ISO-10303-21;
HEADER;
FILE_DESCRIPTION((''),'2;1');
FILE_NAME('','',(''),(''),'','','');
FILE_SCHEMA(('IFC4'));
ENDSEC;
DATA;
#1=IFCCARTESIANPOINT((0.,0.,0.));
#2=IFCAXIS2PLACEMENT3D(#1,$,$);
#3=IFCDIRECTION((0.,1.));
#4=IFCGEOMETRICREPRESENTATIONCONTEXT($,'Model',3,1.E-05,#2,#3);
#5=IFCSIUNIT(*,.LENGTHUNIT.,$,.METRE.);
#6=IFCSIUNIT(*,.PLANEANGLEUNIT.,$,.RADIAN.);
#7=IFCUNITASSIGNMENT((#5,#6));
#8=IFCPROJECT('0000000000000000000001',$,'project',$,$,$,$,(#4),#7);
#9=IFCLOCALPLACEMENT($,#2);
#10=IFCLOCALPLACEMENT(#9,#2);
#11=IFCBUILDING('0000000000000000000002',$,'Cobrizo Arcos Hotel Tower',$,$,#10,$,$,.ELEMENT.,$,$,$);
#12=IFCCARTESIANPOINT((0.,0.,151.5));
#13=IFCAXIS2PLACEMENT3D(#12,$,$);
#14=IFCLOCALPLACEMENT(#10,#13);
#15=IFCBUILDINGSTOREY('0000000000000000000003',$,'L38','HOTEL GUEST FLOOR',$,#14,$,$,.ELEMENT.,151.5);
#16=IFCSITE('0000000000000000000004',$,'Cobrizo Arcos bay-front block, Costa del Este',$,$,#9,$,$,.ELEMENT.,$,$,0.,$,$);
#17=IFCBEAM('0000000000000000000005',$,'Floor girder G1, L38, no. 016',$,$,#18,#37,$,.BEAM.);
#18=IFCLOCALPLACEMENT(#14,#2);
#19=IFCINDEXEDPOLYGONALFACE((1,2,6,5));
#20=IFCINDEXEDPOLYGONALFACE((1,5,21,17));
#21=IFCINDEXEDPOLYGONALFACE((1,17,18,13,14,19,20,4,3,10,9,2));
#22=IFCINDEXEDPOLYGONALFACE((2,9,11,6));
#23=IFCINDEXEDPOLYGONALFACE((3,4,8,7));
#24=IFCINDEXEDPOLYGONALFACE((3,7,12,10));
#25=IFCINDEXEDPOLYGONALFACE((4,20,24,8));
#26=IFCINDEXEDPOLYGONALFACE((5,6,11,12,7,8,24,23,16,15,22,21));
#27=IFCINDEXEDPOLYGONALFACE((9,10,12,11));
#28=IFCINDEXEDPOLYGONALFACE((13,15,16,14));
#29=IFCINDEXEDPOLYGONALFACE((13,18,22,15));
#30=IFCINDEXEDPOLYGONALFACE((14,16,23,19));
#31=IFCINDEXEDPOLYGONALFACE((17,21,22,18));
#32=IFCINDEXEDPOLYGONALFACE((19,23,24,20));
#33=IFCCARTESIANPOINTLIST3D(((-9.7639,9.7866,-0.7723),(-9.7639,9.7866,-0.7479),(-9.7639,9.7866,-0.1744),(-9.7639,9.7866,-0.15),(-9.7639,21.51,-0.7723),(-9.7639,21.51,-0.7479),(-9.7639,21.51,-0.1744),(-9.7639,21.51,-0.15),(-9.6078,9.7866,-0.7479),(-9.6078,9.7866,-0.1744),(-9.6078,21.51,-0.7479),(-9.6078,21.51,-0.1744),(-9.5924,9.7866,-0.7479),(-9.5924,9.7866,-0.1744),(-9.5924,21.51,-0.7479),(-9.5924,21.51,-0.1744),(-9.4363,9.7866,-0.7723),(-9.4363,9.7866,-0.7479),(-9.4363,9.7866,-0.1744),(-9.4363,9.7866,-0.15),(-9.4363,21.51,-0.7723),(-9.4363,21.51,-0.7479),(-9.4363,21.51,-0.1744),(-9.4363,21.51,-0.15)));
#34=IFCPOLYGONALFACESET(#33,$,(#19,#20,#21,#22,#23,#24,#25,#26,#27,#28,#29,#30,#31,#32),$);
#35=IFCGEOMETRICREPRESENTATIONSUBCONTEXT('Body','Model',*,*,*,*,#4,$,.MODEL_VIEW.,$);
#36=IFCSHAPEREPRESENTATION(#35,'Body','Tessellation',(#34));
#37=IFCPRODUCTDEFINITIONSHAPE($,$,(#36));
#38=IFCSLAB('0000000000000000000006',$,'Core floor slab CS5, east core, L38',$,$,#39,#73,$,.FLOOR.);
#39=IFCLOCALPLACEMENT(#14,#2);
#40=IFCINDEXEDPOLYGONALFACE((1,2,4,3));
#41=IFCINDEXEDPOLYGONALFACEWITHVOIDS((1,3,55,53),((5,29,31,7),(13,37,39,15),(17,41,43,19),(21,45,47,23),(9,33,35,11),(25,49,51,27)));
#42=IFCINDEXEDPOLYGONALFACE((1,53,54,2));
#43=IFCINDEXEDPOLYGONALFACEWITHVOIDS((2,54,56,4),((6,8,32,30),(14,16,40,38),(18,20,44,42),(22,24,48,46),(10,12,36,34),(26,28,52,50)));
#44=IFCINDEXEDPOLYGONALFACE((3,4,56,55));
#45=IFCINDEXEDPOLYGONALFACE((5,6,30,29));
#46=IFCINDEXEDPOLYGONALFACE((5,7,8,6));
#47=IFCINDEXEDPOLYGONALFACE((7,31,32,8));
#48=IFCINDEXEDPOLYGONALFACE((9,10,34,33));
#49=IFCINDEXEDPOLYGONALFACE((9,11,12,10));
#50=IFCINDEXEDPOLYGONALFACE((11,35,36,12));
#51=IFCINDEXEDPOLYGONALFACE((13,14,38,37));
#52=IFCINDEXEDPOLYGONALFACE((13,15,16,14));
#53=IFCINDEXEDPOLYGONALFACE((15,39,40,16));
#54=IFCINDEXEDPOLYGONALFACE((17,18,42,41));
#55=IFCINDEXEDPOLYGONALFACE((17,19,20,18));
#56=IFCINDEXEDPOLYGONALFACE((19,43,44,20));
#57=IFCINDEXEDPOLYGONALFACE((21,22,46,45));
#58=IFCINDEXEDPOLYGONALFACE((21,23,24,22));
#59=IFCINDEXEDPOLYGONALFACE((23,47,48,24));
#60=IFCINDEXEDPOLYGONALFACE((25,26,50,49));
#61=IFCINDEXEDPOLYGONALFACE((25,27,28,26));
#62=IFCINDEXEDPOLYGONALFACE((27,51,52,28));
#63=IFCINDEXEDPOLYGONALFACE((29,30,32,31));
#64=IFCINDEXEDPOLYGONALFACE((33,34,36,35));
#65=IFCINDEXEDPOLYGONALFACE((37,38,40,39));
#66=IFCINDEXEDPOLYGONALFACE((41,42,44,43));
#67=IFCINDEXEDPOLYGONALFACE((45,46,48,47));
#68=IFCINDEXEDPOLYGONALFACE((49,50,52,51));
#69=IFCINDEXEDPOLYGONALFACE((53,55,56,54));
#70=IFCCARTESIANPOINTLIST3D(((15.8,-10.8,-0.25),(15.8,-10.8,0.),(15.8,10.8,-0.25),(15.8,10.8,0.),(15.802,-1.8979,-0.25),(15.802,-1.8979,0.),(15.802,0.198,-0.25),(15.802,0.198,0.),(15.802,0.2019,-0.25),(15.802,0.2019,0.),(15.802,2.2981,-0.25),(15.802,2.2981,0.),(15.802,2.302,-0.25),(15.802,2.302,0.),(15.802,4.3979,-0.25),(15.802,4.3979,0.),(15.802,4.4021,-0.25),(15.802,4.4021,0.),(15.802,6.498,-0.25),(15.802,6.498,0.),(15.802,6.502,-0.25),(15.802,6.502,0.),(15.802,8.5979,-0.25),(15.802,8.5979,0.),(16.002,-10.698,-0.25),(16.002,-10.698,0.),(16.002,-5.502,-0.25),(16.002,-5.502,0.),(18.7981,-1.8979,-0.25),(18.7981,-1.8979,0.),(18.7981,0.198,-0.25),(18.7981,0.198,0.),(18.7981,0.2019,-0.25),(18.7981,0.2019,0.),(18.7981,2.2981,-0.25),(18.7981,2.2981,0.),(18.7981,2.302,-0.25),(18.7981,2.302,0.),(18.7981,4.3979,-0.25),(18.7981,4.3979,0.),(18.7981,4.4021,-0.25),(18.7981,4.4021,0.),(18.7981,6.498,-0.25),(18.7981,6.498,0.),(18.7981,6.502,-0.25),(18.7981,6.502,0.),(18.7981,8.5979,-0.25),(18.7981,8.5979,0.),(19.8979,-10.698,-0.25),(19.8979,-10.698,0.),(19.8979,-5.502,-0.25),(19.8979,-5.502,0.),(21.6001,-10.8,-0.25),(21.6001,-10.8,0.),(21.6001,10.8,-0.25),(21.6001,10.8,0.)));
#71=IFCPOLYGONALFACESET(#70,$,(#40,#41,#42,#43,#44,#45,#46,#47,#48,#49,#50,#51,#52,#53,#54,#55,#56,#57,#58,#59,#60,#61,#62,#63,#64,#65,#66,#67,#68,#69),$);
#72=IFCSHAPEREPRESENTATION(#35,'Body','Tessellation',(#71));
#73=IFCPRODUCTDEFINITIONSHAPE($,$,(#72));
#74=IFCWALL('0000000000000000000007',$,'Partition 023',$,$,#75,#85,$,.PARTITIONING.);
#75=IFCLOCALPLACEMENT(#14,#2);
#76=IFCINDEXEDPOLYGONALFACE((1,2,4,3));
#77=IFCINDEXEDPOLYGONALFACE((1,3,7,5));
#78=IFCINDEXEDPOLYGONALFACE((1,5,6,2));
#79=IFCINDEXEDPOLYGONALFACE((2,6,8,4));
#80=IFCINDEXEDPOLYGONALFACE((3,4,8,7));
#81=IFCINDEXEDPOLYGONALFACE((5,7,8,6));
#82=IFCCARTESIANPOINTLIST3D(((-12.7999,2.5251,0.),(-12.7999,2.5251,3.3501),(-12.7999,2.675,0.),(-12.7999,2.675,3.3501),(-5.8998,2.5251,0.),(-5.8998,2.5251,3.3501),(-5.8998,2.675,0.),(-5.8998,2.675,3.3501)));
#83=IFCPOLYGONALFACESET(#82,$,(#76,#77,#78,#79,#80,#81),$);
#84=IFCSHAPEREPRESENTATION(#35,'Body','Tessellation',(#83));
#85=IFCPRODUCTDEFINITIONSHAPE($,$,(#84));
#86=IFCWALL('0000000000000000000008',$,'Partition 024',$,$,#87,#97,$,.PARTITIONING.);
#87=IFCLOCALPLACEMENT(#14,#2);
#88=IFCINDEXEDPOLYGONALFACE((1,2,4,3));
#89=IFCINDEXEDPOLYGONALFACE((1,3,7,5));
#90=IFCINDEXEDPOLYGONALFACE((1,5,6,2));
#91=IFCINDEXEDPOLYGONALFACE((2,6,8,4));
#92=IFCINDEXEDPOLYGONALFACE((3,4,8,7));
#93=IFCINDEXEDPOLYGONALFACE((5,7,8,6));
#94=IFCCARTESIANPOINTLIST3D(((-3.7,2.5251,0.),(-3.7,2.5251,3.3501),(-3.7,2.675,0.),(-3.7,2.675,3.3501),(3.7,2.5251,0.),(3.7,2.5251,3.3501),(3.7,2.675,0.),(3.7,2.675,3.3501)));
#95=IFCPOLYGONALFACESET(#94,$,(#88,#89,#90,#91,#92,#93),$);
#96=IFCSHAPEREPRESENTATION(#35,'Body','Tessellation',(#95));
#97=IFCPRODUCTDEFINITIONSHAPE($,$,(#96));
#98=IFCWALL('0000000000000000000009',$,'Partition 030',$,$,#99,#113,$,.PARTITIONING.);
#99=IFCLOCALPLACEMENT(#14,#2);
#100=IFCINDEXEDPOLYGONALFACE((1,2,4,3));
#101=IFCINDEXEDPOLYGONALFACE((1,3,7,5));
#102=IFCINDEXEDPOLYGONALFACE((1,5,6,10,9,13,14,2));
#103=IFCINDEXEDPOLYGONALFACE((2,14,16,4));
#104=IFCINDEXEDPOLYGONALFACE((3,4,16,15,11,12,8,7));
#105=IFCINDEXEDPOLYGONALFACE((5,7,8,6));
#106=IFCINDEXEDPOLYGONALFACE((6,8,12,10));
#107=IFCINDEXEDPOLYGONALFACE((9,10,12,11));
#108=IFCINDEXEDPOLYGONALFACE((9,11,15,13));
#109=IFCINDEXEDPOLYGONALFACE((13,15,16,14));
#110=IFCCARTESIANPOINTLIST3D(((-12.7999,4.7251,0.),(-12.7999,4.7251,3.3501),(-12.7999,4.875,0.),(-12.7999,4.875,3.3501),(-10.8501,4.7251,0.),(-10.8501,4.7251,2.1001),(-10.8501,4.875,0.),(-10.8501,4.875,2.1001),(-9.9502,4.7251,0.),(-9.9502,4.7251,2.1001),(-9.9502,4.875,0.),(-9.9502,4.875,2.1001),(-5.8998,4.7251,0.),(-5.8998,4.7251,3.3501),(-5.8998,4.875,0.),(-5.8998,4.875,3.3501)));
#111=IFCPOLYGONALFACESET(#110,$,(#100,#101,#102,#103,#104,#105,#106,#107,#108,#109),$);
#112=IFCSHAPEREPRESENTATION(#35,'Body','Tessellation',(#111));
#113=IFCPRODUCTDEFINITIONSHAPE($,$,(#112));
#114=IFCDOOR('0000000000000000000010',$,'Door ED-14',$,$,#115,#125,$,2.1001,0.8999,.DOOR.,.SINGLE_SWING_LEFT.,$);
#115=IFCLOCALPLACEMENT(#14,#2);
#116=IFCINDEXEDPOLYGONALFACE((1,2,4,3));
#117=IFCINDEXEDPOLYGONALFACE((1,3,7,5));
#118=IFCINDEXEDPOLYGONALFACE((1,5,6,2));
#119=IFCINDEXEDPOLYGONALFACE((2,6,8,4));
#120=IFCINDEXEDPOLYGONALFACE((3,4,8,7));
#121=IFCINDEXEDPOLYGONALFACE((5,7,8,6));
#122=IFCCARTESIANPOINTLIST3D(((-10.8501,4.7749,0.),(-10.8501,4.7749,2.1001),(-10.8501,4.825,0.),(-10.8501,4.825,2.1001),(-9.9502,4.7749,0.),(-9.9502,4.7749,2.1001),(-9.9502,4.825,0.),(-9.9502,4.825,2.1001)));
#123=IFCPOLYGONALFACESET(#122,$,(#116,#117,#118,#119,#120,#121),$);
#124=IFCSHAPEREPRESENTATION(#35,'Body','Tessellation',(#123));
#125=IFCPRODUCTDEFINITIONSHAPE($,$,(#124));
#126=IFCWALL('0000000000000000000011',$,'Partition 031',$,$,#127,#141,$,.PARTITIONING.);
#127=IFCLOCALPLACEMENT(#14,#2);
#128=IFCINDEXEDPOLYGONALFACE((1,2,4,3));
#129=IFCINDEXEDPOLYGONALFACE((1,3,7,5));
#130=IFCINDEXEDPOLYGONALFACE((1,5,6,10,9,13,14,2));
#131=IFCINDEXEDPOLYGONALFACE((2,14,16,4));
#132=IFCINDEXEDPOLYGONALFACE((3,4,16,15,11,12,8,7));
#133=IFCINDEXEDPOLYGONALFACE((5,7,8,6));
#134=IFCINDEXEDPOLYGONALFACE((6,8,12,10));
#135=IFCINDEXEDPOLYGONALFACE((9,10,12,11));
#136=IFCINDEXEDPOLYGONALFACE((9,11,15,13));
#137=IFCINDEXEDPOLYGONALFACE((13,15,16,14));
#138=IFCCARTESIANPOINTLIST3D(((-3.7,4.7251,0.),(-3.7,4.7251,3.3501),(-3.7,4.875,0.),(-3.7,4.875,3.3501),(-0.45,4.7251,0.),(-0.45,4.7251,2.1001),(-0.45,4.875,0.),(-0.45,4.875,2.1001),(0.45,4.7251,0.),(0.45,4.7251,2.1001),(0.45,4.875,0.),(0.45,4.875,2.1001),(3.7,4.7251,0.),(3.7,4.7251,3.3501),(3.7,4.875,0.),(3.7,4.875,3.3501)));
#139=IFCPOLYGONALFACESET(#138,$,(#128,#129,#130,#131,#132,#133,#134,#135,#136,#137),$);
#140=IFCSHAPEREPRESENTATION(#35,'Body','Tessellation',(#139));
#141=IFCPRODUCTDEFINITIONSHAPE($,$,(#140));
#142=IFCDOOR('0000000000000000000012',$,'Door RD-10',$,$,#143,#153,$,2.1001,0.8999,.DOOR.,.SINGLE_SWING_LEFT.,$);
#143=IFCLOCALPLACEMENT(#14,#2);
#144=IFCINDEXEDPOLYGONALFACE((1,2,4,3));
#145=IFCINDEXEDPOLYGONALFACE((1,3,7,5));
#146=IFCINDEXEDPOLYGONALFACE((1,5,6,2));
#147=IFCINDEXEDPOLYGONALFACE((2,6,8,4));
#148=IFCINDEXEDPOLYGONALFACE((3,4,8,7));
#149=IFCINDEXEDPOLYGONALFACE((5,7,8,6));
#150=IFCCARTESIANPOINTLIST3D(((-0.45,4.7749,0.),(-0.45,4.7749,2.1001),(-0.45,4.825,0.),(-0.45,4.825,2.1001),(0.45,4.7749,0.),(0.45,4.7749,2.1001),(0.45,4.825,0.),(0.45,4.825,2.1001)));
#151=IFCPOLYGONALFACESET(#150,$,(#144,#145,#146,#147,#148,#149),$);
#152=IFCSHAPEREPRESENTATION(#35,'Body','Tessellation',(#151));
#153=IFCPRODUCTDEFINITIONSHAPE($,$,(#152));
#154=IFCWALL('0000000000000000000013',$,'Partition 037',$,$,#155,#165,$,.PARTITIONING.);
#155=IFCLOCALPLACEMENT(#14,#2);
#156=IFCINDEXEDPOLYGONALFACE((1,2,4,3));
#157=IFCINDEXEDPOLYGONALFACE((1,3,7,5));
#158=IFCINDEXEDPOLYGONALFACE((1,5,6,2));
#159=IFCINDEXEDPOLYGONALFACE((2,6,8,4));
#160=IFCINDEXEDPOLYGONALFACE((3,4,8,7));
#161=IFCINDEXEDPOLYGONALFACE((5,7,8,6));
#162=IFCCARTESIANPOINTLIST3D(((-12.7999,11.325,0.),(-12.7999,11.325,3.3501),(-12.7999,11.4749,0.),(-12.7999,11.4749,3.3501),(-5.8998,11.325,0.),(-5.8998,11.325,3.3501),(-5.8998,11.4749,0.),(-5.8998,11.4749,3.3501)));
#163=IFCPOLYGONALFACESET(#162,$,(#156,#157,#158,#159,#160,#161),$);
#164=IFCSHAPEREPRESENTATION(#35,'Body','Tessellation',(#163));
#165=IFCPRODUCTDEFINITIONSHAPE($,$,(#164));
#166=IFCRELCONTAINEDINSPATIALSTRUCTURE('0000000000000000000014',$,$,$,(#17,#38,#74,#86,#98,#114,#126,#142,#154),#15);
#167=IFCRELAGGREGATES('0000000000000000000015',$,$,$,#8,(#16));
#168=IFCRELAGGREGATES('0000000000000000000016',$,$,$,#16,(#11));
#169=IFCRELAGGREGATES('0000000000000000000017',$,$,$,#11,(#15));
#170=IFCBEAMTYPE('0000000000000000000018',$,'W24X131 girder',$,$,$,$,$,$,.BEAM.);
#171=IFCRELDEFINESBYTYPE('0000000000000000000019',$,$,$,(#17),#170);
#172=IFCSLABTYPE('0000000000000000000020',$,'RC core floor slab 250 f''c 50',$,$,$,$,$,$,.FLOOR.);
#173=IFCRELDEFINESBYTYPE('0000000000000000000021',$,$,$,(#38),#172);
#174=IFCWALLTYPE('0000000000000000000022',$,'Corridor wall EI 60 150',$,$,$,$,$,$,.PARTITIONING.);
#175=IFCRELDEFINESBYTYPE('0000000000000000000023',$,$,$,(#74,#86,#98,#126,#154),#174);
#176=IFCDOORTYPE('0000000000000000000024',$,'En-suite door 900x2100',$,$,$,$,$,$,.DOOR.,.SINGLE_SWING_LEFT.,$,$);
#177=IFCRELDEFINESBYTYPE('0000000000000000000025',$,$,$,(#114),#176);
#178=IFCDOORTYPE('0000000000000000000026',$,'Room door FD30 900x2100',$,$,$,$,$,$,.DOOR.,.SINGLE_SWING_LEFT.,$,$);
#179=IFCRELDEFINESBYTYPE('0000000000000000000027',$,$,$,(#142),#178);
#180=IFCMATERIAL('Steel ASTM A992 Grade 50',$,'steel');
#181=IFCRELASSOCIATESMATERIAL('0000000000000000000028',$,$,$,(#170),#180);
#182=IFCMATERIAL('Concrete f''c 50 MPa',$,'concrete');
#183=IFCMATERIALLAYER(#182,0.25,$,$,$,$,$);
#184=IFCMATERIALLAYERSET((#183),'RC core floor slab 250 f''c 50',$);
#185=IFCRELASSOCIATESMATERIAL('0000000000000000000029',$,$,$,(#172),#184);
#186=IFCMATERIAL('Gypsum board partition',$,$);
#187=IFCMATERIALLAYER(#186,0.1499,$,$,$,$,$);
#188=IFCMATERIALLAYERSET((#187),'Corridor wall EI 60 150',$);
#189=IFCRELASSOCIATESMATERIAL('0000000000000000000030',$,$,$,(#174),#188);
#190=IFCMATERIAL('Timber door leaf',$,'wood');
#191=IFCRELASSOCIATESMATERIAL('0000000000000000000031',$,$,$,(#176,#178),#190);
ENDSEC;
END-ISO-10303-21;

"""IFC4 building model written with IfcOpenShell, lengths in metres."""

from ifc_helpers import new_model, si_unit, direction, frame, frame_2d, origin, origin_2d, place, context, subcontext, project, spatial, polyline, rectangle, i_section, outline, extrude, material, layer, layer_set, material_profile, profile_set, type_object, element, fill, save


model = new_model("IFC4")

# Units and contexts
model_context = context("Model", 3, precision=1e-05, world=origin(), true_north=direction((0.0, 1.0)))
body_context = subcontext(model_context, "Body", "Model", "MODEL_VIEW")
ifc_project = project(units=[si_unit("LENGTHUNIT", "METRE"), si_unit("PLANEANGLEUNIT", "RADIAN")], contexts=[model_context])

# Site, building, storey
site_placement = place(None, origin())
site = spatial("IfcSite", under=ifc_project, at=site_placement, Name="Cobrizo Arcos bay-front block, Costa del Este", CompositionType="ELEMENT", RefElevation=0.0)
building_placement = place(site_placement, origin())
building = spatial("IfcBuilding", under=site, at=building_placement, Name="Cobrizo Arcos Hotel Tower", CompositionType="ELEMENT")
storey_placement = place(building_placement, frame((0.0, 0.0, 151.5)))
storey = spatial("IfcBuildingStorey", under=building, at=storey_placement, Name="L38", Description="HOTEL GUEST FLOOR", CompositionType="ELEMENT", Elevation=151.5)

# Shared definitions
ifc_material_1 = material(Name="Steel ASTM A992 Grade 50", Category="steel")

# Beam
ifc_material_profile_1 = material_profile(ifc_material_1, i_section(OverallWidth=0.3276, OverallDepth=0.6223, WebThickness=0.0154, FlangeThickness=0.0244, at=origin_2d()), Name="W24X131")
ifc_profile_set_1 = profile_set([ifc_material_profile_1], Name="Steel ASTM A992 Grade 50")
beam_type_1 = type_object("IfcBeamType", Name="W24X131 girder", PredefinedType="BEAM", material=ifc_profile_set_1)
beam_1_placement = place(storey_placement, frame((-9.6001, 9.7866, -0.4612), z_axis=(0.0, 1.0, 0.0), x_axis=(-1.0, 0.0, 0.0)))
element("IfcBeam", 1, at=beam_1_placement, inside=storey, type_object=beam_type_1, Name="Floor girder G1, L38, no. 016", PredefinedType="BEAM", context=body_context, shape_type="SweptSolid", body=[
    extrude(i_section(OverallWidth=0.3276, OverallDepth=0.6223, WebThickness=0.0154, FlangeThickness=0.0244, at=origin_2d()), origin(), (0.0, 0.0, 1.0), 11.7234),
])

# Slab
ifc_material_2 = material(Name="Concrete f'c 50 MPa", Category="concrete")
ifc_layer_1 = layer(ifc_material_2, 0.25)
ifc_layer_set_1 = layer_set([ifc_layer_1], Name="RC core floor slab 250 f'c 50")
slab_type = type_object("IfcSlabType", Name="RC core floor slab 250 f'c 50", PredefinedType="FLOOR", material=ifc_layer_set_1)
slab_placement = place(storey_placement, frame((0.0, 0.0, -0.25)))
element("IfcSlab", 2, at=slab_placement, inside=storey, type_object=slab_type, Name="Core floor slab CS5, east core, L38", PredefinedType="FLOOR", context=body_context, shape_type="SweptSolid", body=[
    extrude(outline(polyline([(15.8, 10.8), (21.6001, 10.8), (21.6001, -10.8), (15.8, -10.8), (15.8, 10.8)]), holes=[polyline([(19.8979, -10.698), (19.8979, -5.502), (16.002, -5.502), (16.002, -10.698), (19.8979, -10.698)]), polyline([(15.802, 0.198), (15.802, -1.8979), (18.7981, -1.8979), (18.7981, 0.198), (15.802, 0.198)]), polyline([(15.802, 2.2981), (15.802, 0.2019), (18.7981, 0.2019), (18.7981, 2.2981), (15.802, 2.2981)]), polyline([(15.802, 4.3979), (15.802, 2.302), (18.7981, 2.302), (18.7981, 4.3979), (15.802, 4.3979)]), polyline([(18.7981, 6.498), (15.802, 6.498), (15.802, 4.4021), (18.7981, 4.4021), (18.7981, 6.498)]), polyline([(18.7981, 8.5979), (15.802, 8.5979), (15.802, 6.502), (18.7981, 6.502), (18.7981, 8.5979)])]), origin(), (0.0, 0.0, 1.0), 0.25),
])

# Walls
ifc_material_3 = material(Name="Gypsum board partition")
ifc_layer_2 = layer(ifc_material_3, 0.1499)
ifc_layer_set_2 = layer_set([ifc_layer_2], Name="Corridor wall EI 60 150")
wall_type_1 = type_object("IfcWallType", Name="Corridor wall EI 60 150", PredefinedType="PARTITIONING", material=ifc_layer_set_2)
wall_1_placement = place(storey_placement, frame((-12.8, 2.6001, 0.0), z_axis=(0.0, 0.0, 1.0), x_axis=(1.0, 0.0, 0.0)))
element("IfcWall", 3, at=wall_1_placement, inside=storey, type_object=wall_type_1, Name="Partition 023", PredefinedType="PARTITIONING", context=body_context, shape_type="SweptSolid", body=[
    extrude(rectangle(XDim=6.9001, YDim=0.1499, at=frame_2d((3.4502, 0.0))), origin(), (0.0, 0.0, 1.0), 3.3501),
])
wall_2_placement = place(storey_placement, frame((-3.7, 2.6001, 0.0), z_axis=(0.0, 0.0, 1.0), x_axis=(1.0, 0.0, 0.0)))
element("IfcWall", 4, at=wall_2_placement, inside=storey, type_object=wall_type_1, Name="Partition 024", PredefinedType="PARTITIONING", context=body_context, shape_type="SweptSolid", body=[
    extrude(rectangle(XDim=7.3999, YDim=0.1499, at=frame_2d((3.7, 0.0))), origin(), (0.0, 0.0, 1.0), 3.3501),
])

# Walls, openings, doors
wall_3_placement = place(storey_placement, frame((-12.8, 4.8, 0.0), z_axis=(0.0, 0.0, 1.0), x_axis=(1.0, 0.0, 0.0)))
wall_3 = element("IfcWall", 5, at=wall_3_placement, inside=storey, type_object=wall_type_1, Name="Partition 030", PredefinedType="PARTITIONING", context=body_context, shape_type="SweptSolid", body=[
    extrude(rectangle(XDim=6.9001, YDim=0.1499, at=frame_2d((3.4502, 0.0))), origin(), (0.0, 0.0, 1.0), 3.3501),
])
opening_1_placement = place(wall_3_placement, frame((1.95, 0.0, 0.0)))
opening_1 = element("IfcOpeningElement", 6, at=opening_1_placement, cuts=wall_3, PredefinedType="OPENING", context=body_context, shape_type="SweptSolid", body=[
    extrude(rectangle(XDim=0.8999, YDim=2.1001, at=frame_2d((0.45, 1.05))), frame((0.0, 0.0869, 0.0), z_axis=(0.0, -1.0, 0.0), x_axis=(1.0, 0.0, 0.0)), (0.0, 0.0, 1.0), 0.1738),
])
ifc_material_4 = material(Name="Timber door leaf", Category="wood")
door_type_1 = type_object("IfcDoorType", Name="En-suite door 900x2100", OperationType="SINGLE_SWING_LEFT", PredefinedType="DOOR", material=ifc_material_4)
door_1_placement = place(opening_1_placement, origin())
door_1 = element("IfcDoor", 7, at=door_1_placement, inside=storey, type_object=door_type_1, Name="Door ED-14", OperationType="SINGLE_SWING_LEFT", OverallHeight=2.1001, OverallWidth=0.8999, PredefinedType="DOOR", context=body_context, shape_type="SweptSolid", body=[
    extrude(rectangle(XDim=0.8999, YDim=2.1001, at=frame_2d((0.45, 1.05))), frame((0.0, 0.0249, 0.0), z_axis=(0.0, -1.0, 0.0), x_axis=(1.0, 0.0, 0.0)), (0.0, 0.0, 1.0), 0.05),
])
fill(opening_1, door_1)
wall_4_placement = place(storey_placement, frame((-3.7, 4.8, 0.0), z_axis=(0.0, 0.0, 1.0), x_axis=(1.0, 0.0, 0.0)))
wall_4 = element("IfcWall", 8, at=wall_4_placement, inside=storey, type_object=wall_type_1, Name="Partition 031", PredefinedType="PARTITIONING", context=body_context, shape_type="SweptSolid", body=[
    extrude(rectangle(XDim=7.3999, YDim=0.1499, at=frame_2d((3.7, 0.0))), origin(), (0.0, 0.0, 1.0), 3.3501),
])
opening_2_placement = place(wall_4_placement, frame((3.25, 0.0, 0.0)))
opening_2 = element("IfcOpeningElement", 9, at=opening_2_placement, cuts=wall_4, PredefinedType="OPENING", context=body_context, shape_type="SweptSolid", body=[
    extrude(rectangle(XDim=0.8999, YDim=2.1001, at=frame_2d((0.45, 1.05))), frame((0.0, 0.0869, 0.0), z_axis=(0.0, -1.0, 0.0), x_axis=(1.0, 0.0, 0.0)), (0.0, 0.0, 1.0), 0.1738),
])
door_type_2 = type_object("IfcDoorType", Name="Room door FD30 900x2100", OperationType="SINGLE_SWING_LEFT", PredefinedType="DOOR", material=ifc_material_4)
door_2_placement = place(opening_2_placement, origin())
door_2 = element("IfcDoor", 10, at=door_2_placement, inside=storey, type_object=door_type_2, Name="Door RD-10", OperationType="SINGLE_SWING_LEFT", OverallHeight=2.1001, OverallWidth=0.8999, PredefinedType="DOOR", context=body_context, shape_type="SweptSolid", body=[
    extrude(rectangle(XDim=0.8999, YDim=2.1001, at=frame_2d((0.45, 1.05))), frame((0.0, 0.0249, 0.0), z_axis=(0.0, -1.0, 0.0), x_axis=(1.0, 0.0, 0.0)), (0.0, 0.0, 1.0), 0.05),
])
fill(opening_2, door_2)

# Wall
wall_5_placement = place(storey_placement, frame((-12.8, 11.3999, 0.0), z_axis=(0.0, 0.0, 1.0), x_axis=(1.0, 0.0, 0.0)))
element("IfcWall", 11, at=wall_5_placement, inside=storey, type_object=wall_type_1, Name="Partition 037", PredefinedType="PARTITIONING", context=body_context, shape_type="SweptSolid", body=[
    extrude(rectangle(XDim=6.9001, YDim=0.1499, at=frame_2d((3.4502, 0.0))), origin(), (0.0, 0.0, 1.0), 3.3501),
])

save(model, "model.ifc")
